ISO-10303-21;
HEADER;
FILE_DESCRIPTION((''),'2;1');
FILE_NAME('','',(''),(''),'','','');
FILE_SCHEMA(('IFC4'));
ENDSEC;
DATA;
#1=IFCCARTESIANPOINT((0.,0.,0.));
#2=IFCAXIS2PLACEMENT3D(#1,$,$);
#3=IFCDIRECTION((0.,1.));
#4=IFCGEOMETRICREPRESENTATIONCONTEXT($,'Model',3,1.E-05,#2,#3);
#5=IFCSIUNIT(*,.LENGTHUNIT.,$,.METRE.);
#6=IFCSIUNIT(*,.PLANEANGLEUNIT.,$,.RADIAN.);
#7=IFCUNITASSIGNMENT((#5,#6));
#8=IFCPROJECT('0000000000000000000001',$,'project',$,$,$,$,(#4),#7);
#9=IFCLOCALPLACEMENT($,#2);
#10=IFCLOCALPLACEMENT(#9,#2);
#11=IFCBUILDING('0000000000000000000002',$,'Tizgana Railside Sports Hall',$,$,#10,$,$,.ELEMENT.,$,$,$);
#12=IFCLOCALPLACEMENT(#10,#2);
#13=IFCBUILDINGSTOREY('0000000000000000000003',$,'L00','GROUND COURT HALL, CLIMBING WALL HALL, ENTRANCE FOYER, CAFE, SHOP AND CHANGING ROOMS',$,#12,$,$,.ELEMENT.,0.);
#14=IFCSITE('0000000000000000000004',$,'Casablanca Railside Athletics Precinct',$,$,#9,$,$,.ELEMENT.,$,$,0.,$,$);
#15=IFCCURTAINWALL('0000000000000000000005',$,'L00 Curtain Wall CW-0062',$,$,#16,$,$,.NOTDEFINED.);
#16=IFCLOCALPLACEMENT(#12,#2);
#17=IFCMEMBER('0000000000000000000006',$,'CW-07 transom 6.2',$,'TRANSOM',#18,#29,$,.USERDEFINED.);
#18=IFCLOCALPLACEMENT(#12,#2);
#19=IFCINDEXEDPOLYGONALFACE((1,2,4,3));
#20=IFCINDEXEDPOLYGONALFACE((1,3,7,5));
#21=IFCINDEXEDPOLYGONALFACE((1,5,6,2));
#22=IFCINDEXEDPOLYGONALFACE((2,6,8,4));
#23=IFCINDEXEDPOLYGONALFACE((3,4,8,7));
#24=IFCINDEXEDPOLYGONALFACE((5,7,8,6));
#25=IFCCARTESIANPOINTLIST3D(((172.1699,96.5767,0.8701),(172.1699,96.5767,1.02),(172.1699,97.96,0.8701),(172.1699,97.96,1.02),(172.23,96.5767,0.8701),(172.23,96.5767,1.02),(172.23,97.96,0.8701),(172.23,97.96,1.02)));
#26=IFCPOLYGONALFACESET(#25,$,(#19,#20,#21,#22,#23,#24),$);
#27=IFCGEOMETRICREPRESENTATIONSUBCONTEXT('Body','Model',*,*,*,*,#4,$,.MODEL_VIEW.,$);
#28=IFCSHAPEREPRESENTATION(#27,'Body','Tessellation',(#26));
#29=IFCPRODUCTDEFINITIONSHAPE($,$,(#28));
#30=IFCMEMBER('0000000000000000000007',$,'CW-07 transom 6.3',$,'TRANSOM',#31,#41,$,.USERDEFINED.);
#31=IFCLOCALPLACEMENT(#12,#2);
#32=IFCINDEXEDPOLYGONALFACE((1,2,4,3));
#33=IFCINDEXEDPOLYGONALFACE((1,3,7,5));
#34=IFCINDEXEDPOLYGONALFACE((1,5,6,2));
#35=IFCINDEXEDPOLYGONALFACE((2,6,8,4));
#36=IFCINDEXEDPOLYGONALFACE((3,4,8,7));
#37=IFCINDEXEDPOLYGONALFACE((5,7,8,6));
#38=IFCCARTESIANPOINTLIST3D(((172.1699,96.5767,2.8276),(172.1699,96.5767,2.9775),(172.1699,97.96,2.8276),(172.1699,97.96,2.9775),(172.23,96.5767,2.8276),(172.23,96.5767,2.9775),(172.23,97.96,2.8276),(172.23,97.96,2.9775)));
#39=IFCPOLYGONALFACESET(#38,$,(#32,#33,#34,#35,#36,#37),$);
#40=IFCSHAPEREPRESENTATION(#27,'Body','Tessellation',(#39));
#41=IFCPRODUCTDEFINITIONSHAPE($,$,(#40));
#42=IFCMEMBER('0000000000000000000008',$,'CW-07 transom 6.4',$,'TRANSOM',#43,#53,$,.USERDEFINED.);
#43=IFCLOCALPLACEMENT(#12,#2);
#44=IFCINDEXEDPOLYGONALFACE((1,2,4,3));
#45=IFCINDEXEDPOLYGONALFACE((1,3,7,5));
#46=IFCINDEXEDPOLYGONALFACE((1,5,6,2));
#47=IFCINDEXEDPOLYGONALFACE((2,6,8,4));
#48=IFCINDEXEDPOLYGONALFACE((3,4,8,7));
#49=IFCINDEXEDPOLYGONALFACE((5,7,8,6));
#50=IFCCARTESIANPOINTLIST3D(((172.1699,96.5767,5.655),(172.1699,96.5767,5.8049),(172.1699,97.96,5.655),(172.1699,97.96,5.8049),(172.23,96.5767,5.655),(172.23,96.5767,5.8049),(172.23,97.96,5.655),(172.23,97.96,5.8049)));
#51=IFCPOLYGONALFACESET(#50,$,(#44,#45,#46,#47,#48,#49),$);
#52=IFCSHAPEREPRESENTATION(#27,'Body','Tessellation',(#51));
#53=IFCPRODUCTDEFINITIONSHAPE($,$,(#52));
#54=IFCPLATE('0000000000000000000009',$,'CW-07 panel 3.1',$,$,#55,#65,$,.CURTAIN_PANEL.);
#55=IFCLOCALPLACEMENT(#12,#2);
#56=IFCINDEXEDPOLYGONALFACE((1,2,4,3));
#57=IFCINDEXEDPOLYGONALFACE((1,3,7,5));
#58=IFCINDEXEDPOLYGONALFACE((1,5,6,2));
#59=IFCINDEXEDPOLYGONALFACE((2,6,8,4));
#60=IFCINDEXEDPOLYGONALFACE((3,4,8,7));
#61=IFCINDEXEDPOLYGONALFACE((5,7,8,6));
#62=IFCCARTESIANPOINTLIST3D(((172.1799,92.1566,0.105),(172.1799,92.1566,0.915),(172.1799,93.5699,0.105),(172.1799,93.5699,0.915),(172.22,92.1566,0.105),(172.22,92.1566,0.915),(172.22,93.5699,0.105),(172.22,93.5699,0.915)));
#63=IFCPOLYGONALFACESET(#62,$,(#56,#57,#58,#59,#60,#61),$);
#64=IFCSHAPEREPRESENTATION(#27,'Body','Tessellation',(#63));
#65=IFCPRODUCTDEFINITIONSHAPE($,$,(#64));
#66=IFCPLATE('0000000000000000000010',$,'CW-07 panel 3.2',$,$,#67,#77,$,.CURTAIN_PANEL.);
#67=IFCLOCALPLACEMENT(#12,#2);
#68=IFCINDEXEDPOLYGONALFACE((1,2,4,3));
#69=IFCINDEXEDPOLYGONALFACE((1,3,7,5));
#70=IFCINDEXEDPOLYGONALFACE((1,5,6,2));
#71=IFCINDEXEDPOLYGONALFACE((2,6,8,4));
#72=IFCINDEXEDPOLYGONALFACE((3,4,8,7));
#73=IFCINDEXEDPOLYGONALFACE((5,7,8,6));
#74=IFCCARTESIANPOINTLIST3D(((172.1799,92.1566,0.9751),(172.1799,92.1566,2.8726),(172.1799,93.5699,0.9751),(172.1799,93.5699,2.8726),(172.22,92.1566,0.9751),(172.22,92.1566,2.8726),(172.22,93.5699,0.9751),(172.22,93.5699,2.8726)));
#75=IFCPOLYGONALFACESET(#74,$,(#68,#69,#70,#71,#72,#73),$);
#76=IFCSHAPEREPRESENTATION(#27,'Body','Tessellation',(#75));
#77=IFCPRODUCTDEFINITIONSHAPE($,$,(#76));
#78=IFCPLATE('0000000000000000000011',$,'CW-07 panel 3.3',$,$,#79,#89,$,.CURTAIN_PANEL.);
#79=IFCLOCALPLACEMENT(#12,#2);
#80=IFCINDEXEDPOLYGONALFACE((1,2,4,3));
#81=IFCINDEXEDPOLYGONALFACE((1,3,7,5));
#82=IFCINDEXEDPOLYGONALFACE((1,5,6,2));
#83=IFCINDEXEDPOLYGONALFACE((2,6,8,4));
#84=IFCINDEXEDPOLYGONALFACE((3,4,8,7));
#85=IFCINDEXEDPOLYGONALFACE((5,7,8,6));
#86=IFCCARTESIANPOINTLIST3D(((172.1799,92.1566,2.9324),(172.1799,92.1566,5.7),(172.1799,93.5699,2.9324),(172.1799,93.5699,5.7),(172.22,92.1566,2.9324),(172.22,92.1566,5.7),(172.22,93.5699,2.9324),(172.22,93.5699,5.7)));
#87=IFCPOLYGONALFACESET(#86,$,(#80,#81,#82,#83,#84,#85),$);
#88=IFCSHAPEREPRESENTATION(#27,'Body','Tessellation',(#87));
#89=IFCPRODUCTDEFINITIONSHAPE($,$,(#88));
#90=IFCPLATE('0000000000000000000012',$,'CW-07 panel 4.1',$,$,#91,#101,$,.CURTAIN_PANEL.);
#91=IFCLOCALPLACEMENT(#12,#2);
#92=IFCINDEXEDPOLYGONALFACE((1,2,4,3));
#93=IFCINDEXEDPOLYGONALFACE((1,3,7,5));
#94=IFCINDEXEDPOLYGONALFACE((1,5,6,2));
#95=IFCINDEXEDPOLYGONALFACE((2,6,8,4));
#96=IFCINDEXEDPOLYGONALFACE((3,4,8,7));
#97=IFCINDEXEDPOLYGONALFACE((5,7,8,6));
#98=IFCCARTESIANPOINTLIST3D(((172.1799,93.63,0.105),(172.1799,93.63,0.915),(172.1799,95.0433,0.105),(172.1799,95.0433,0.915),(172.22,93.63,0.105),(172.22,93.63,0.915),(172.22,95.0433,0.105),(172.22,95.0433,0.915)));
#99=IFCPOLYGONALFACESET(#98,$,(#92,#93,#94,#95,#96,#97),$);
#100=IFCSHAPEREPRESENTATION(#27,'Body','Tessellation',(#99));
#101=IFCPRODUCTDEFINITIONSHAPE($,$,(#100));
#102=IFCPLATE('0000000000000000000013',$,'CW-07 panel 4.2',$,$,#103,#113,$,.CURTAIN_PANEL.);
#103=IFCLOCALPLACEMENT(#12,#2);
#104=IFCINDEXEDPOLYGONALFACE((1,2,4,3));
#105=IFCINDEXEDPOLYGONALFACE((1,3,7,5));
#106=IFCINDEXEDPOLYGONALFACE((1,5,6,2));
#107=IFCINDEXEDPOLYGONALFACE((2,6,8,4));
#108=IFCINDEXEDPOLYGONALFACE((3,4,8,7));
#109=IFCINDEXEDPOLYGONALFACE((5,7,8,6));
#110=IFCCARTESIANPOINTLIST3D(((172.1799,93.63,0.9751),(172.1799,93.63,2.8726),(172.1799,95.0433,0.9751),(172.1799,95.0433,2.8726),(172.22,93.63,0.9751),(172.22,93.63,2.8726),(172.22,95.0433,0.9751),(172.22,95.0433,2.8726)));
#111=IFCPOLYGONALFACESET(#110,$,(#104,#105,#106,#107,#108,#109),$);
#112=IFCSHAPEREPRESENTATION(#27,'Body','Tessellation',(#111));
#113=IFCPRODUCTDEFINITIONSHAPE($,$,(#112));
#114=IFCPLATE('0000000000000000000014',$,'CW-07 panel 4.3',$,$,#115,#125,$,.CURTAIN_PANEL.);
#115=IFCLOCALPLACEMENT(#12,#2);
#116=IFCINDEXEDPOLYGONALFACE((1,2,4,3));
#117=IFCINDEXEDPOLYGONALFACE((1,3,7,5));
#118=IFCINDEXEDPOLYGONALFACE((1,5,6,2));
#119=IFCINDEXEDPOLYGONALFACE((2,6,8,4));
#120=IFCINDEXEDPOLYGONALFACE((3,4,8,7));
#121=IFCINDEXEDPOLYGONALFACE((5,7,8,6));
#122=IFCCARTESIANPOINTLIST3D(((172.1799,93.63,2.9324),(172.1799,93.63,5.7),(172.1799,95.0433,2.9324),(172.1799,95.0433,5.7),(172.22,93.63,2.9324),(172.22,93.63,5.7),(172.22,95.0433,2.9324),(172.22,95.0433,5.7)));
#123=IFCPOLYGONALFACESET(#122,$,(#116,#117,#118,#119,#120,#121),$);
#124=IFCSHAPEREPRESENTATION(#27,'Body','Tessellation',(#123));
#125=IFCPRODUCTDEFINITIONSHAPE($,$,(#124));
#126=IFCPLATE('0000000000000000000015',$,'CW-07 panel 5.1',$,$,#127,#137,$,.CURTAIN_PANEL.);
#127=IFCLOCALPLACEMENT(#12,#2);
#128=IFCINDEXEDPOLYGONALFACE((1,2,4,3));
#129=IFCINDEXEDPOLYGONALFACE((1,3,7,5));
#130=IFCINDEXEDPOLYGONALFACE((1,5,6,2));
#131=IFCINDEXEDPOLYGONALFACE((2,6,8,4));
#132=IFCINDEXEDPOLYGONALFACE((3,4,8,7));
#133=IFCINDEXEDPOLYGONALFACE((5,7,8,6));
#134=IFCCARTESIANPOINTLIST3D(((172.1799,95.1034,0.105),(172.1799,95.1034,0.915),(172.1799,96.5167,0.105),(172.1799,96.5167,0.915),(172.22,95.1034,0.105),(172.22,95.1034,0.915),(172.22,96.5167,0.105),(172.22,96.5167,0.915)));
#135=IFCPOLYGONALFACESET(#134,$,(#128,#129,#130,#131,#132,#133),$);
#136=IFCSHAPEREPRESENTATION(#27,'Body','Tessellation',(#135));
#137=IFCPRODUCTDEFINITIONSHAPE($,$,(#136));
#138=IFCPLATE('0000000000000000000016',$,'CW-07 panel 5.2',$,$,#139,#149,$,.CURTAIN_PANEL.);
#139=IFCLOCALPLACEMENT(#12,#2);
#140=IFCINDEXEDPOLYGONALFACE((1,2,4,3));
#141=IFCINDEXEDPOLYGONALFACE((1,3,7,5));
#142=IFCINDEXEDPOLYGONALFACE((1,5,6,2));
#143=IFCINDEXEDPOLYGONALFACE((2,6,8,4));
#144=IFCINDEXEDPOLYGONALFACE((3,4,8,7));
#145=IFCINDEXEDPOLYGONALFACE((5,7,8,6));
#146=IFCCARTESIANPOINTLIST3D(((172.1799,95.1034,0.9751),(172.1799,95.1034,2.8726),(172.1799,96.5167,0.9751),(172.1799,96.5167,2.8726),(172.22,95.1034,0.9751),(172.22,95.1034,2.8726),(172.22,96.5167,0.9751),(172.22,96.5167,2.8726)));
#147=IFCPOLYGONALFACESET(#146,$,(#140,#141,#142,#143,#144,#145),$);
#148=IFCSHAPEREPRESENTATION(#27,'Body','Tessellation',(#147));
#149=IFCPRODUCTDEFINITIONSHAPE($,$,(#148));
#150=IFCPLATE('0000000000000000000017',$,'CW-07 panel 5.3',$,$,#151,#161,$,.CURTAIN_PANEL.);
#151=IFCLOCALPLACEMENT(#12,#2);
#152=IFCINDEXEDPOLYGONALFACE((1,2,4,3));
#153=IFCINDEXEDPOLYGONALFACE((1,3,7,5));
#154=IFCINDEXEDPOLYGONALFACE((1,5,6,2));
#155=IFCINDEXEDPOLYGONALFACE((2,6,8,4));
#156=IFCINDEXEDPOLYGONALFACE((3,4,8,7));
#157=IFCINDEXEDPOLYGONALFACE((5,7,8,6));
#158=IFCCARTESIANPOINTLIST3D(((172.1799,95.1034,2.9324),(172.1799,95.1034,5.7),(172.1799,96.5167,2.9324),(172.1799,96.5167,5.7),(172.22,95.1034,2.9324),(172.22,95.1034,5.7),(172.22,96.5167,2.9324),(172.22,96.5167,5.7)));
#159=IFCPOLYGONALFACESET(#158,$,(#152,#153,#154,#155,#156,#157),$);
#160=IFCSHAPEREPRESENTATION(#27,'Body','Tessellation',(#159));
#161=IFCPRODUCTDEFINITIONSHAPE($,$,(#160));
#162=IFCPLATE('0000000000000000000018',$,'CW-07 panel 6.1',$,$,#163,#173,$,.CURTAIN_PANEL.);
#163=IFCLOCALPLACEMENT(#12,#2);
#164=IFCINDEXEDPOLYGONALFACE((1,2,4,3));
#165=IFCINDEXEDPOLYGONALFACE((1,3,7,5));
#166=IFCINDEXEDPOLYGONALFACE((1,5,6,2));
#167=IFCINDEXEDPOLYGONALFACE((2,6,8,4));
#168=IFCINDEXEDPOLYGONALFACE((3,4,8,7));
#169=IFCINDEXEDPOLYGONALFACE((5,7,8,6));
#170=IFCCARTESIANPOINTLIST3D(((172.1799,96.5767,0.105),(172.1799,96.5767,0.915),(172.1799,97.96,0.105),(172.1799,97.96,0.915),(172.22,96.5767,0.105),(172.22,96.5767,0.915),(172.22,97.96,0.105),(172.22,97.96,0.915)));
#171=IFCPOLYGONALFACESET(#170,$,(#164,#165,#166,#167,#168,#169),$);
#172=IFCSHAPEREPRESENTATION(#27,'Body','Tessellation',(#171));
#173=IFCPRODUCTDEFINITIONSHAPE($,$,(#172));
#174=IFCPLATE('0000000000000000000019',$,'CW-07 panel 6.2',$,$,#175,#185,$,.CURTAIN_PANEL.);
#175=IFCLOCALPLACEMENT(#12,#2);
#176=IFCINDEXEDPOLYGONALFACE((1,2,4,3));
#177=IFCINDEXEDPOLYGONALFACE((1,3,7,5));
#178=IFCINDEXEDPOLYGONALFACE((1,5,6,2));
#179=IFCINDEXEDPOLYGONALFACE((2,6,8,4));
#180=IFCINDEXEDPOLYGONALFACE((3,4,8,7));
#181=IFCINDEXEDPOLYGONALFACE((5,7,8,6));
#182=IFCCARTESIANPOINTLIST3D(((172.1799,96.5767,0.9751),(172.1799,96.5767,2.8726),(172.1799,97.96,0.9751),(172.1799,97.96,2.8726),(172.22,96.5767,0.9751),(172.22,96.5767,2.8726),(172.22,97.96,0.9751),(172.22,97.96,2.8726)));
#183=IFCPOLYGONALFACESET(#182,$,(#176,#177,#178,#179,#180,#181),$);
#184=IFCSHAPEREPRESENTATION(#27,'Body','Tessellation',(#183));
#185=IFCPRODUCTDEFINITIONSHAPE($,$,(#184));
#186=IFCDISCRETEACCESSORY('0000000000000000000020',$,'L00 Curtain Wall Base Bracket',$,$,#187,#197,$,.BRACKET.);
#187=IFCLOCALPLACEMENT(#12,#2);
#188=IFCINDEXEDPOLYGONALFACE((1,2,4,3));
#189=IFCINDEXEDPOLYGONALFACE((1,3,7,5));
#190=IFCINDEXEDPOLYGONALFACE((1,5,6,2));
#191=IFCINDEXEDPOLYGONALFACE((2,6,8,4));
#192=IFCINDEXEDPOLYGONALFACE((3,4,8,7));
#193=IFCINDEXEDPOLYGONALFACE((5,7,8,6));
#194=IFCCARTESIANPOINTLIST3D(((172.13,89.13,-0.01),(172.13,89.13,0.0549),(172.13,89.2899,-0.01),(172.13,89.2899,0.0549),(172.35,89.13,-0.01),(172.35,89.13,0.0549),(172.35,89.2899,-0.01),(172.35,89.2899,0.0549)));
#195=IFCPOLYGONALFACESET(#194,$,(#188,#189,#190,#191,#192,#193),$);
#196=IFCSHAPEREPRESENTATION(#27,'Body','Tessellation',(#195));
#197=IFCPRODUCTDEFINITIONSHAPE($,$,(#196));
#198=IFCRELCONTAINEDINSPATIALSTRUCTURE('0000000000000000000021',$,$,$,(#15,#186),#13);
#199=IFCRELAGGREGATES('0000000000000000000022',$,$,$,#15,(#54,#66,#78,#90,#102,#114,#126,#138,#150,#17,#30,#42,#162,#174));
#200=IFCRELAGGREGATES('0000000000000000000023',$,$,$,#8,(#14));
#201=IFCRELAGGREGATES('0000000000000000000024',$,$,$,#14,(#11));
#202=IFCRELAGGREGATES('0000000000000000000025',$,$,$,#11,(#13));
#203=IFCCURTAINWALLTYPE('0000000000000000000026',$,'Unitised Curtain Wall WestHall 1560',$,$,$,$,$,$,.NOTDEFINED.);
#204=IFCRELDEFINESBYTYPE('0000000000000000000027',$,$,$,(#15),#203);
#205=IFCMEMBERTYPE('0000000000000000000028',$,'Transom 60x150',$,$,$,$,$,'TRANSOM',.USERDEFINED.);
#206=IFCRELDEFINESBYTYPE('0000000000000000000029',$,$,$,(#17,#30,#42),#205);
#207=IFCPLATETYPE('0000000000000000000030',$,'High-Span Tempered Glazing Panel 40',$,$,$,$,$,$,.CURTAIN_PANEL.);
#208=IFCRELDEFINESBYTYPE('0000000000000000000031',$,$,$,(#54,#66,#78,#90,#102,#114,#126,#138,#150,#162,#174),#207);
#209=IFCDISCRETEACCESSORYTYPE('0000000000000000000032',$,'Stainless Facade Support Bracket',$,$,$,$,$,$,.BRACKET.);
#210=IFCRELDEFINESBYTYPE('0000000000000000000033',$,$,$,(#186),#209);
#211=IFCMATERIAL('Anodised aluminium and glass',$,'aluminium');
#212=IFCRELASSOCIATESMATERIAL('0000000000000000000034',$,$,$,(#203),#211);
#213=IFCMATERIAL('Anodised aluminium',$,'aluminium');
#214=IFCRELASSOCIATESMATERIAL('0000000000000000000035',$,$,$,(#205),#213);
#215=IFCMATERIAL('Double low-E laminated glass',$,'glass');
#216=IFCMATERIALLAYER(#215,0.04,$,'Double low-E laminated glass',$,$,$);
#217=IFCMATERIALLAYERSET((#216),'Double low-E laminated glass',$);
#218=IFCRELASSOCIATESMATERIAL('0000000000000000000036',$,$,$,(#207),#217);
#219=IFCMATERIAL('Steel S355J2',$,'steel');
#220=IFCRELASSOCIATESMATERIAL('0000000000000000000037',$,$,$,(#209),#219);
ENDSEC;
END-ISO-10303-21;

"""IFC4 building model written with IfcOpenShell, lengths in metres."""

from ifc_helpers import new_model, si_unit, direction, frame, origin, origin_2d, place, context, subcontext, project, spatial, rectangle, extrude, material, layer, layer_set, material_profile, profile_set, type_object, element, aggregate, save


model = new_model("IFC4")

# Units and contexts
model_context = context("Model", 3, precision=1e-05, world=origin(), true_north=direction((0.0, 1.0)))
body_context = subcontext(model_context, "Body", "Model", "MODEL_VIEW")
ifc_project = project(units=[si_unit("LENGTHUNIT", "METRE"), si_unit("PLANEANGLEUNIT", "RADIAN")], contexts=[model_context])

# Site, building, storey
site_placement = place(None, origin())
site = spatial("IfcSite", under=ifc_project, at=site_placement, Name="Casablanca Railside Athletics Precinct", CompositionType="ELEMENT", RefElevation=0.0)
building_placement = place(site_placement, origin())
building = spatial("IfcBuilding", under=site, at=building_placement, Name="Tizgana Railside Sports Hall", CompositionType="ELEMENT")
storey_placement = place(building_placement, origin())
storey = spatial("IfcBuildingStorey", under=building, at=storey_placement, Name="L00", Description="GROUND COURT HALL, CLIMBING WALL HALL, ENTRANCE FOYER, CAFE, SHOP AND CHANGING ROOMS", CompositionType="ELEMENT", Elevation=0.0)

# Curtain wall, members, plates
ifc_material_1 = material(Name="Anodised aluminium and glass", Category="aluminium")
curtain_wall_type = type_object("IfcCurtainWallType", Name="Unitised Curtain Wall WestHall 1560", PredefinedType="NOTDEFINED", material=ifc_material_1)
curtain_wall_placement = place(storey_placement, origin())
curtain_wall = element("IfcCurtainWall", 1, at=curtain_wall_placement, inside=storey, type_object=curtain_wall_type, Name="L00 Curtain Wall CW-0062", PredefinedType="NOTDEFINED")
ifc_material_2 = material(Name="Anodised aluminium", Category="aluminium")
ifc_material_profile_1 = material_profile(ifc_material_2, rectangle(XDim=0.0601, YDim=0.1499, at=origin_2d()), Name="Transom 60x150")
ifc_profile_set_1 = profile_set([ifc_material_profile_1], Name="Anodised aluminium")
member_type_1 = type_object("IfcMemberType", Name="Transom 60x150", ElementType="TRANSOM", PredefinedType="USERDEFINED", material=ifc_profile_set_1)
member_1_placement = place(storey_placement, frame((172.2, 96.5767, 0.9451), z_axis=(0.0, 1.0, 0.0), x_axis=(-1.0, 0.0, 0.0)))
member_1 = element("IfcMember", 2, at=member_1_placement, type_object=member_type_1, Name="CW-07 transom 6.2", ObjectType="TRANSOM", PredefinedType="USERDEFINED", context=body_context, shape_type="SweptSolid", body=[
    extrude(rectangle(XDim=0.0601, YDim=0.1499, at=origin_2d()), origin(), (0.0, 0.0, 1.0), 1.3833),
])
member_2_placement = place(storey_placement, frame((172.2, 96.5767, 2.9026), z_axis=(0.0, 1.0, 0.0), x_axis=(-1.0, 0.0, 0.0)))
member_2 = element("IfcMember", 3, at=member_2_placement, type_object=member_type_1, Name="CW-07 transom 6.3", ObjectType="TRANSOM", PredefinedType="USERDEFINED", context=body_context, shape_type="SweptSolid", body=[
    extrude(rectangle(XDim=0.0601, YDim=0.1499, at=origin_2d()), origin(), (0.0, 0.0, 1.0), 1.3833),
])
member_3_placement = place(storey_placement, frame((172.2, 96.5767, 5.73), z_axis=(0.0, 1.0, 0.0), x_axis=(-1.0, 0.0, 0.0)))
member_3 = element("IfcMember", 4, at=member_3_placement, type_object=member_type_1, Name="CW-07 transom 6.4", ObjectType="TRANSOM", PredefinedType="USERDEFINED", context=body_context, shape_type="SweptSolid", body=[
    extrude(rectangle(XDim=0.0601, YDim=0.1499, at=origin_2d()), origin(), (0.0, 0.0, 1.0), 1.3833),
])
ifc_material_3 = material(Name="Double low-E laminated glass", Category="glass")
ifc_layer = layer(ifc_material_3, 0.04, Name="Double low-E laminated glass")
ifc_layer_set = layer_set([ifc_layer], Name="Double low-E laminated glass")
plate_type = type_object("IfcPlateType", Name="High-Span Tempered Glazing Panel 40", PredefinedType="CURTAIN_PANEL", material=ifc_layer_set)
plate_1_placement = place(storey_placement, frame((172.2, 92.8633, 0.105), z_axis=(0.0, 0.0, 1.0), x_axis=(0.0, 1.0, 0.0)))
plate_1 = element("IfcPlate", 5, at=plate_1_placement, type_object=plate_type, Name="CW-07 panel 3.1", PredefinedType="CURTAIN_PANEL", context=body_context, shape_type="SweptSolid", body=[
    extrude(rectangle(XDim=1.4133, YDim=0.04, at=origin_2d()), origin(), (0.0, 0.0, 1.0), 0.8101),
])
plate_2_placement = place(storey_placement, frame((172.2, 92.8633, 0.9751), z_axis=(0.0, 0.0, 1.0), x_axis=(0.0, 1.0, 0.0)))
plate_2 = element("IfcPlate", 6, at=plate_2_placement, type_object=plate_type, Name="CW-07 panel 3.2", PredefinedType="CURTAIN_PANEL", context=body_context, shape_type="SweptSolid", body=[
    extrude(rectangle(XDim=1.4133, YDim=0.04, at=origin_2d()), origin(), (0.0, 0.0, 1.0), 1.8975),
])
plate_3_placement = place(storey_placement, frame((172.2, 92.8633, 2.9324), z_axis=(0.0, 0.0, 1.0), x_axis=(0.0, 1.0, 0.0)))
plate_3 = element("IfcPlate", 7, at=plate_3_placement, type_object=plate_type, Name="CW-07 panel 3.3", PredefinedType="CURTAIN_PANEL", context=body_context, shape_type="SweptSolid", body=[
    extrude(rectangle(XDim=1.4133, YDim=0.04, at=origin_2d()), origin(), (0.0, 0.0, 1.0), 2.7676),
])
plate_4_placement = place(storey_placement, frame((172.2, 94.3367, 0.105), z_axis=(0.0, 0.0, 1.0), x_axis=(0.0, 1.0, 0.0)))
plate_4 = element("IfcPlate", 8, at=plate_4_placement, type_object=plate_type, Name="CW-07 panel 4.1", PredefinedType="CURTAIN_PANEL", context=body_context, shape_type="SweptSolid", body=[
    extrude(rectangle(XDim=1.4133, YDim=0.04, at=origin_2d()), origin(), (0.0, 0.0, 1.0), 0.8101),
])
plate_5_placement = place(storey_placement, frame((172.2, 94.3367, 0.9751), z_axis=(0.0, 0.0, 1.0), x_axis=(0.0, 1.0, 0.0)))
plate_5 = element("IfcPlate", 9, at=plate_5_placement, type_object=plate_type, Name="CW-07 panel 4.2", PredefinedType="CURTAIN_PANEL", context=body_context, shape_type="SweptSolid", body=[
    extrude(rectangle(XDim=1.4133, YDim=0.04, at=origin_2d()), origin(), (0.0, 0.0, 1.0), 1.8975),
])
plate_6_placement = place(storey_placement, frame((172.2, 94.3367, 2.9324), z_axis=(0.0, 0.0, 1.0), x_axis=(0.0, 1.0, 0.0)))
plate_6 = element("IfcPlate", 10, at=plate_6_placement, type_object=plate_type, Name="CW-07 panel 4.3", PredefinedType="CURTAIN_PANEL", context=body_context, shape_type="SweptSolid", body=[
    extrude(rectangle(XDim=1.4133, YDim=0.04, at=origin_2d()), origin(), (0.0, 0.0, 1.0), 2.7676),
])
plate_7_placement = place(storey_placement, frame((172.2, 95.8101, 0.105), z_axis=(0.0, 0.0, 1.0), x_axis=(0.0, 1.0, 0.0)))
plate_7 = element("IfcPlate", 11, at=plate_7_placement, type_object=plate_type, Name="CW-07 panel 5.1", PredefinedType="CURTAIN_PANEL", context=body_context, shape_type="SweptSolid", body=[
    extrude(rectangle(XDim=1.4133, YDim=0.04, at=origin_2d()), origin(), (0.0, 0.0, 1.0), 0.8101),
])
plate_8_placement = place(storey_placement, frame((172.2, 95.8101, 0.9751), z_axis=(0.0, 0.0, 1.0), x_axis=(0.0, 1.0, 0.0)))
plate_8 = element("IfcPlate", 12, at=plate_8_placement, type_object=plate_type, Name="CW-07 panel 5.2", PredefinedType="CURTAIN_PANEL", context=body_context, shape_type="SweptSolid", body=[
    extrude(rectangle(XDim=1.4133, YDim=0.04, at=origin_2d()), origin(), (0.0, 0.0, 1.0), 1.8975),
])
plate_9_placement = place(storey_placement, frame((172.2, 95.8101, 2.9324), z_axis=(0.0, 0.0, 1.0), x_axis=(0.0, 1.0, 0.0)))
plate_9 = element("IfcPlate", 13, at=plate_9_placement, type_object=plate_type, Name="CW-07 panel 5.3", PredefinedType="CURTAIN_PANEL", context=body_context, shape_type="SweptSolid", body=[
    extrude(rectangle(XDim=1.4133, YDim=0.04, at=origin_2d()), origin(), (0.0, 0.0, 1.0), 2.7676),
])
plate_10_placement = place(storey_placement, frame((172.2, 97.2683, 0.105), z_axis=(0.0, 0.0, 1.0), x_axis=(0.0, 1.0, 0.0)))
plate_10 = element("IfcPlate", 14, at=plate_10_placement, type_object=plate_type, Name="CW-07 panel 6.1", PredefinedType="CURTAIN_PANEL", context=body_context, shape_type="SweptSolid", body=[
    extrude(rectangle(XDim=1.3833, YDim=0.04, at=origin_2d()), origin(), (0.0, 0.0, 1.0), 0.8101),
])
plate_11_placement = place(storey_placement, frame((172.2, 97.2683, 0.9751), z_axis=(0.0, 0.0, 1.0), x_axis=(0.0, 1.0, 0.0)))
plate_11 = element("IfcPlate", 15, at=plate_11_placement, type_object=plate_type, Name="CW-07 panel 6.2", PredefinedType="CURTAIN_PANEL", context=body_context, shape_type="SweptSolid", body=[
    extrude(rectangle(XDim=1.3833, YDim=0.04, at=origin_2d()), origin(), (0.0, 0.0, 1.0), 1.8975),
])
aggregate(curtain_wall, [plate_1, plate_2, plate_3, plate_4, plate_5, plate_6, plate_7, plate_8, plate_9, member_1, member_2, member_3, plate_10, plate_11])

# Discrete accessory
ifc_material_4 = material(Name="Steel S355J2", Category="steel")
discrete_accessory_type = type_object("IfcDiscreteAccessoryType", Name="Stainless Facade Support Bracket", PredefinedType="BRACKET", material=ifc_material_4)
discrete_accessory_placement = place(storey_placement, frame((172.24, 89.21, -0.01), z_axis=(0.0, 0.0, 1.0), x_axis=(0.0, 1.0, 0.0)))
element("IfcDiscreteAccessory", 16, at=discrete_accessory_placement, inside=storey, type_object=discrete_accessory_type, Name="L00 Curtain Wall Base Bracket", PredefinedType="BRACKET", context=body_context, shape_type="SweptSolid", body=[
    extrude(rectangle(XDim=0.1599, YDim=0.22, at=origin_2d()), origin(), (0.0, 0.0, 1.0), 0.0649),
])

save(model, "model.ifc")
